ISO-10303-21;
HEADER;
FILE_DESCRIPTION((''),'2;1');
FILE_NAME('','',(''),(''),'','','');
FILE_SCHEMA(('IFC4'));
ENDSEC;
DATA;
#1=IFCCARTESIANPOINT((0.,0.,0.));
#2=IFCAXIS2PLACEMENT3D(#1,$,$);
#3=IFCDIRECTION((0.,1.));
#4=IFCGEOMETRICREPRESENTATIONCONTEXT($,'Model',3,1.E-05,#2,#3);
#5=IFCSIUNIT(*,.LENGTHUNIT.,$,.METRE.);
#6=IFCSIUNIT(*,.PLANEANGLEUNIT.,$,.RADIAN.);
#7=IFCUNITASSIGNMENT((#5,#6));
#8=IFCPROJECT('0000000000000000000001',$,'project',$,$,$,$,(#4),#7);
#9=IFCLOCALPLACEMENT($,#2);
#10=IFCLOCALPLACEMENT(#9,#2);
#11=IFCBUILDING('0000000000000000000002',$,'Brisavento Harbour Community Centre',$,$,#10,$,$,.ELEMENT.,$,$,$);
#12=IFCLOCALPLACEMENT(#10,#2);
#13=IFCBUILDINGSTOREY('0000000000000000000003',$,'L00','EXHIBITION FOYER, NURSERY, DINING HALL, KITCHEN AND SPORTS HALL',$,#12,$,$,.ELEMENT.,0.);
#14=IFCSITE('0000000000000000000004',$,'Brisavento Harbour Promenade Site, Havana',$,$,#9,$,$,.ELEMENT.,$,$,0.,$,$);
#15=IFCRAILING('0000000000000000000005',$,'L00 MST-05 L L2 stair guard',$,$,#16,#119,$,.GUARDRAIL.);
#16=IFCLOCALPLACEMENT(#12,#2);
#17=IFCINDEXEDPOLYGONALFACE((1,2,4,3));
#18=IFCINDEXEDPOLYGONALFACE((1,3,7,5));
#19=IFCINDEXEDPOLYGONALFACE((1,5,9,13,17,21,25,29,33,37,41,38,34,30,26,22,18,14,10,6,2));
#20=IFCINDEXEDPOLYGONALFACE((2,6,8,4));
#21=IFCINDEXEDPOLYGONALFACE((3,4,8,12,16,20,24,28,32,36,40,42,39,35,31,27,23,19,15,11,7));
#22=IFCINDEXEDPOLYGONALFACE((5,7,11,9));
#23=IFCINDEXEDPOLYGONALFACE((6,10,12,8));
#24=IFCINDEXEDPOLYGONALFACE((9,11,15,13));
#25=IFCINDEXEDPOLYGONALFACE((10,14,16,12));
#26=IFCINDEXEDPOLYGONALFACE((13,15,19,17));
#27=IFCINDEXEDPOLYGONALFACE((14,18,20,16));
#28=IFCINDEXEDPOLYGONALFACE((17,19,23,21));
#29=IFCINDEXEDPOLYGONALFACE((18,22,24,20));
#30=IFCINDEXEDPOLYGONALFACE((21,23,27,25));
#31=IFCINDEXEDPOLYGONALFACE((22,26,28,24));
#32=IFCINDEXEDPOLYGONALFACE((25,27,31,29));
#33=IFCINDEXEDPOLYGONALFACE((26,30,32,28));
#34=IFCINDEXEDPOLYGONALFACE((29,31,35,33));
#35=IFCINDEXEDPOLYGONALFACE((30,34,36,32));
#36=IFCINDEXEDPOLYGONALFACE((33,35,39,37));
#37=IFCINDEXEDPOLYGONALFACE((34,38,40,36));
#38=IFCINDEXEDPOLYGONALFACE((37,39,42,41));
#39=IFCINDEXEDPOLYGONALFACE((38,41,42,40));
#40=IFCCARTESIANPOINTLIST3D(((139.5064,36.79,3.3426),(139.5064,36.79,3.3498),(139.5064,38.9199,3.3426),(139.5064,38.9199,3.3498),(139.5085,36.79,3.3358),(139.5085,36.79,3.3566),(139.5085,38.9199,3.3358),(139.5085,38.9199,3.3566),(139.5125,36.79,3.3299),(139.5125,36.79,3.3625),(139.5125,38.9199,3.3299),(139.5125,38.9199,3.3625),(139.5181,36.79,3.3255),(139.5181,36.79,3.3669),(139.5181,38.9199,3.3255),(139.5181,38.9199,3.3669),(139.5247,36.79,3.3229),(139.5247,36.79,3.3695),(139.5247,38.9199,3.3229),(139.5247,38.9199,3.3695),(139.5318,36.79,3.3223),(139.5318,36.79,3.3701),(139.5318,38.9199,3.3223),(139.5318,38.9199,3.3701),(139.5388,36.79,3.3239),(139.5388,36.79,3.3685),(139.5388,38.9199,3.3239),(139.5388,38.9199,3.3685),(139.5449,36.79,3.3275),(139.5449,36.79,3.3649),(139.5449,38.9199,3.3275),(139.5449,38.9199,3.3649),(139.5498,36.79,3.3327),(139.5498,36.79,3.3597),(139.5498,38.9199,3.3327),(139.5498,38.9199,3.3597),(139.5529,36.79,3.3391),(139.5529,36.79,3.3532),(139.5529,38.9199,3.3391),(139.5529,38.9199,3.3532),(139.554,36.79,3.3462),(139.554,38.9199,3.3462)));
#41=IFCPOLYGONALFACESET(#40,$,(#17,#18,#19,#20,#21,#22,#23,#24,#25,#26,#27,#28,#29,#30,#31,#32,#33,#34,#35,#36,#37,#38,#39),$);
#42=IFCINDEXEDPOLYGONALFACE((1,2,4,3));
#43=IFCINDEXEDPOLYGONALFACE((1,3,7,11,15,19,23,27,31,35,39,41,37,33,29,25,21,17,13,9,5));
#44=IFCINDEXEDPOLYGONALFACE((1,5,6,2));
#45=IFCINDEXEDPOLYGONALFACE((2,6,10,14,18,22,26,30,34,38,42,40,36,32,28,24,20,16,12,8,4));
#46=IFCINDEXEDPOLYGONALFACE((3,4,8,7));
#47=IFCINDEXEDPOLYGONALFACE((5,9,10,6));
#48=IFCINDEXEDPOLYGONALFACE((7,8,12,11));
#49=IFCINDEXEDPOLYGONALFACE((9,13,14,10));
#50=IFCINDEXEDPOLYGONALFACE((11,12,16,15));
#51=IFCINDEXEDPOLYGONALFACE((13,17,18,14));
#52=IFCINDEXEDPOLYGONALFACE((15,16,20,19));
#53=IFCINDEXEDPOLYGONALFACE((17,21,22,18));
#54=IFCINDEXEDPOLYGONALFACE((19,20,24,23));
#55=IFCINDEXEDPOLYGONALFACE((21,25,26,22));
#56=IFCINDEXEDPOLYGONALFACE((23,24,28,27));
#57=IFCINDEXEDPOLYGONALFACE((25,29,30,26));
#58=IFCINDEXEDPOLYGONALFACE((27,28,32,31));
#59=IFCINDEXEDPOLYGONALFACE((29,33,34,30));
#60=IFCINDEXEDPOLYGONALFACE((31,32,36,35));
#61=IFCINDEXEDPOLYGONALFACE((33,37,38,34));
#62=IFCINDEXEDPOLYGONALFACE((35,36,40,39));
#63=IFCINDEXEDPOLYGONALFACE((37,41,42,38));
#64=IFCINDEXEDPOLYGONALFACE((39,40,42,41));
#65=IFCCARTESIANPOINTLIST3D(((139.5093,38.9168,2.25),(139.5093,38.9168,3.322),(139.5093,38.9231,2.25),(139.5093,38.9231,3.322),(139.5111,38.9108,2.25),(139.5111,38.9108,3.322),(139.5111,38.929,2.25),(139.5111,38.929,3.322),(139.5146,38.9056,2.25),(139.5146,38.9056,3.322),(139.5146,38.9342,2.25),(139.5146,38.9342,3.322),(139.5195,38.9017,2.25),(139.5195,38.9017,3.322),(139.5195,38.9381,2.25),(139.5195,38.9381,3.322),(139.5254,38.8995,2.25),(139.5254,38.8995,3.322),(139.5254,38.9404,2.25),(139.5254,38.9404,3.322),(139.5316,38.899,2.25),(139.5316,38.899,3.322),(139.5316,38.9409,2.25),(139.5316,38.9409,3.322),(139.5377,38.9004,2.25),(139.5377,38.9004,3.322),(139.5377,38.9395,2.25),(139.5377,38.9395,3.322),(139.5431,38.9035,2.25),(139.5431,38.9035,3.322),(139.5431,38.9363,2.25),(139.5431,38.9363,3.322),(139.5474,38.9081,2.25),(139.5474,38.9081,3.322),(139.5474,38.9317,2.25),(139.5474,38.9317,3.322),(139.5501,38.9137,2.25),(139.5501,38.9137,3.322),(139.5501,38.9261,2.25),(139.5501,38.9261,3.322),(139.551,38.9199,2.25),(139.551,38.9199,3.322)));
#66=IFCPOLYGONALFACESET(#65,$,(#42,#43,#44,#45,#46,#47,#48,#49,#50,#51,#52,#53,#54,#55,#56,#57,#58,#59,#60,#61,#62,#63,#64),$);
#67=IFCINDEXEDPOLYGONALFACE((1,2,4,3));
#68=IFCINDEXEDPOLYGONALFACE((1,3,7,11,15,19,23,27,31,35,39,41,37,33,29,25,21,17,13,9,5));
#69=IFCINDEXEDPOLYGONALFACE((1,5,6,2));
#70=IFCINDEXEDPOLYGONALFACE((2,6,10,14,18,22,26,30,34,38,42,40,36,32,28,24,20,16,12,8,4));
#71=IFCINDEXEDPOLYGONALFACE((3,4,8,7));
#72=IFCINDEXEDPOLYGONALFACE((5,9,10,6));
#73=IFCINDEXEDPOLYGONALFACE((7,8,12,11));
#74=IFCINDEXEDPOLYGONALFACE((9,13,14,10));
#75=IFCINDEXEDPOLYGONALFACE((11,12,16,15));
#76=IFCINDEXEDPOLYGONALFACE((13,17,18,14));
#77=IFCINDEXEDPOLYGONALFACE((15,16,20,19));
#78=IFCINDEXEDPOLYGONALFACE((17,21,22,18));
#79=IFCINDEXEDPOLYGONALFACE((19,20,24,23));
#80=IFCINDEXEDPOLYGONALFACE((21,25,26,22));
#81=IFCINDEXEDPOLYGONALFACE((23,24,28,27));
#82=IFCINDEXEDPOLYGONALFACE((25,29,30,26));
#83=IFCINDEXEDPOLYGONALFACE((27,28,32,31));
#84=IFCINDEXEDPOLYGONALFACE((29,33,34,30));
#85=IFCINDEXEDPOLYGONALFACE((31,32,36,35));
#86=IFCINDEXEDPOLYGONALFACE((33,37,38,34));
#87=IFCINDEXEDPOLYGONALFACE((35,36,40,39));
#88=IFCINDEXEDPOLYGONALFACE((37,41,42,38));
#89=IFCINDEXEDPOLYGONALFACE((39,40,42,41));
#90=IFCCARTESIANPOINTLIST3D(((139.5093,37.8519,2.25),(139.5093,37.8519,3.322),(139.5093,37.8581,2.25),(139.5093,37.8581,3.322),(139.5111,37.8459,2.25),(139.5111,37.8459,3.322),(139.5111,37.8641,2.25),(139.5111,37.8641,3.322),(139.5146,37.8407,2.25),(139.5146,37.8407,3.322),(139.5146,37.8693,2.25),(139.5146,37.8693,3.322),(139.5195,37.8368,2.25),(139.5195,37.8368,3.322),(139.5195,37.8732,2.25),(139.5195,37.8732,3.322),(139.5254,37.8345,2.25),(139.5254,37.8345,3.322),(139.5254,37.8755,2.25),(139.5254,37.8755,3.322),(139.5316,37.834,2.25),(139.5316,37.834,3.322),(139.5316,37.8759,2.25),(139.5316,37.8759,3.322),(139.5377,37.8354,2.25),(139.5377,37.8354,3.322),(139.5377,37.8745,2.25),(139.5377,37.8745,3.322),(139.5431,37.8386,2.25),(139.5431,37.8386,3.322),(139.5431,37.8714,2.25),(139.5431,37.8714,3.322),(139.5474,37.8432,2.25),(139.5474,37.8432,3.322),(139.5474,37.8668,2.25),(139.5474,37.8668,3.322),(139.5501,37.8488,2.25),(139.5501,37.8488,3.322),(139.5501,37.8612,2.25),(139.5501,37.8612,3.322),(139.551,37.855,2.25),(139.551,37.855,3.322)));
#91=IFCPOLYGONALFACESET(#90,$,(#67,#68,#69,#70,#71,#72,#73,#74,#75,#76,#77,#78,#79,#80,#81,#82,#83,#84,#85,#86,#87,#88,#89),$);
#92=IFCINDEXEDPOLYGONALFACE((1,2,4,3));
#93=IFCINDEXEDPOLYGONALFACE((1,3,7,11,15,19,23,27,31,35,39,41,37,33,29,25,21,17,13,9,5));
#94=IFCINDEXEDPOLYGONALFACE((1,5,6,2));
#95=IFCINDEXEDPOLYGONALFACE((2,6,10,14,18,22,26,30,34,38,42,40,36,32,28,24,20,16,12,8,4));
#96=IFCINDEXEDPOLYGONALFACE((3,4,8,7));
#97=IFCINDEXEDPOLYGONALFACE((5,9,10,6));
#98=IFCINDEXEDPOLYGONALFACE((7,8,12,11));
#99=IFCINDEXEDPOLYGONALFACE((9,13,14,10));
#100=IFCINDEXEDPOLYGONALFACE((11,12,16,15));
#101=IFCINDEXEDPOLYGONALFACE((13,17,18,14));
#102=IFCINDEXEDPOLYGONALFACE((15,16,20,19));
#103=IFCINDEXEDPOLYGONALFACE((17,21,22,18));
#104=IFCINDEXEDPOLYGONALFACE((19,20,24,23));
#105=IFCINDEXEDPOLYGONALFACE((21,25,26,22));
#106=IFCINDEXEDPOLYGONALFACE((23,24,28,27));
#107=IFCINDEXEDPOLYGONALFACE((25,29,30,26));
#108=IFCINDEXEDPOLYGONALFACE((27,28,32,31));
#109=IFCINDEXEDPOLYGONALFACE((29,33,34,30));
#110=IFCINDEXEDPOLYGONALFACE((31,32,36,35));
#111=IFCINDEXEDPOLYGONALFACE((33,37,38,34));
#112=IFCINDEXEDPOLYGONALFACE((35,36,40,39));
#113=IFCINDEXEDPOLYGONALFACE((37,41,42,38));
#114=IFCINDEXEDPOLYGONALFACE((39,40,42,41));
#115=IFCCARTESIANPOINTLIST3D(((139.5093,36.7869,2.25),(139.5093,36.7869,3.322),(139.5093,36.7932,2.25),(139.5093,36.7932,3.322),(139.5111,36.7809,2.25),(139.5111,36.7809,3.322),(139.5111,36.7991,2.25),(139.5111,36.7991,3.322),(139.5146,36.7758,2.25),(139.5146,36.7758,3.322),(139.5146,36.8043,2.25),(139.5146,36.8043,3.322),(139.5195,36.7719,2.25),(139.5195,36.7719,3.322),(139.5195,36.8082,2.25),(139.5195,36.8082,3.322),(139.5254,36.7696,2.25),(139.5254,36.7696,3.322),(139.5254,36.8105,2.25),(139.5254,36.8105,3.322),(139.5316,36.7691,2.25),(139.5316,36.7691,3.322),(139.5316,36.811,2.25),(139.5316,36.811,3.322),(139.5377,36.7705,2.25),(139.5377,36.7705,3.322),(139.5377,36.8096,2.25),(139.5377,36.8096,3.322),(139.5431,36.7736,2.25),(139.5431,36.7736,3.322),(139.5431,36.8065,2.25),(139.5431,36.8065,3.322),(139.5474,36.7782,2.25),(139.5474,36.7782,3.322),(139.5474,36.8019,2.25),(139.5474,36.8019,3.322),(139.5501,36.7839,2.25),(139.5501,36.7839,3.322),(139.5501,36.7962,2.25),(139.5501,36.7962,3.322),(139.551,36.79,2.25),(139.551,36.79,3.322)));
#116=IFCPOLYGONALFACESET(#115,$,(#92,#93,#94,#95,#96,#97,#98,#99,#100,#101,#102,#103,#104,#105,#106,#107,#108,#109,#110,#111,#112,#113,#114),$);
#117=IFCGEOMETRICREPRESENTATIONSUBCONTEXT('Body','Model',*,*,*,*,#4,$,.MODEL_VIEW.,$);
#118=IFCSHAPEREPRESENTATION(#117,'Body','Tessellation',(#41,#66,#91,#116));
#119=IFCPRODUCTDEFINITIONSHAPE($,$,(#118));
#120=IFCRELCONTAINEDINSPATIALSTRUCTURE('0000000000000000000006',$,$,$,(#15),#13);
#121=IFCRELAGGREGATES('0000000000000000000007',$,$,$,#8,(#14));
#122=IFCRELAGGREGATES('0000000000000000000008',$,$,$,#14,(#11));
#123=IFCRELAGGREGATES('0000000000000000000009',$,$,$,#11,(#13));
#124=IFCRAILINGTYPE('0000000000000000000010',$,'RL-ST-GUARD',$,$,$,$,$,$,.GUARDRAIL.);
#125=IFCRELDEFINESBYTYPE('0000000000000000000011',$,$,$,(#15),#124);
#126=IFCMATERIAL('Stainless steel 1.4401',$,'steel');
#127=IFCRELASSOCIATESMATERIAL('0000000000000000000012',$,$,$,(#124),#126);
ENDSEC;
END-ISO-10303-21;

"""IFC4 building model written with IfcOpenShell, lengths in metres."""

from ifc_helpers import new_model, si_unit, direction, frame, origin, origin_2d, place, context, subcontext, project, spatial, circle, extrude, material, type_object, element, save


model = new_model("IFC4")

# Units and contexts
model_context = context("Model", 3, precision=1e-05, world=origin(), true_north=direction((0.0, 1.0)))
body_context = subcontext(model_context, "Body", "Model", "MODEL_VIEW")
ifc_project = project(units=[si_unit("LENGTHUNIT", "METRE"), si_unit("PLANEANGLEUNIT", "RADIAN")], contexts=[model_context])

# Site, building, storey
site_placement = place(None, origin())
site = spatial("IfcSite", under=ifc_project, at=site_placement, Name="Brisavento Harbour Promenade Site, Havana", CompositionType="ELEMENT", RefElevation=0.0)
building_placement = place(site_placement, origin())
building = spatial("IfcBuilding", under=site, at=building_placement, Name="Brisavento Harbour Community Centre", CompositionType="ELEMENT")
storey_placement = place(building_placement, origin())
storey = spatial("IfcBuildingStorey", under=building, at=storey_placement, Name="L00", Description="EXHIBITION FOYER, NURSERY, DINING HALL, KITCHEN AND SPORTS HALL", CompositionType="ELEMENT", Elevation=0.0)

# Railing
ifc_material_1 = material(Name="Stainless steel 1.4401", Category="steel")
railing_type = type_object("IfcRailingType", Name="RL-ST-GUARD", PredefinedType="GUARDRAIL", material=ifc_material_1)
railing_1_placement = place(storey_placement, frame((139.53, 38.9199, 2.25)))
element("IfcRailing", 1, at=railing_1_placement, inside=storey, type_object=railing_type, Name="L00 MST-05 L L2 stair guard", PredefinedType="GUARDRAIL", context=body_context, shape_type="SweptSolid", body=[
    extrude(circle(Radius=0.0239, at=origin_2d()), frame((0.0, 0.0, 1.0962), z_axis=(0.0, -1.0, 0.0), x_axis=(1.0, 0.0, 0.0)), (0.0, 0.0, 1.0), 2.1299),
    extrude(circle(Radius=0.021, at=origin_2d()), origin(), (0.0, 0.0, 1.0), 1.072),
    extrude(circle(Radius=0.021, at=origin_2d()), frame((0.0, -1.0649, 0.0)), (0.0, 0.0, 1.0), 1.072),
    extrude(circle(Radius=0.021, at=origin_2d()), frame((0.0, -2.1299, 0.0)), (0.0, 0.0, 1.0), 1.072),
])

save(model, "model.ifc")
